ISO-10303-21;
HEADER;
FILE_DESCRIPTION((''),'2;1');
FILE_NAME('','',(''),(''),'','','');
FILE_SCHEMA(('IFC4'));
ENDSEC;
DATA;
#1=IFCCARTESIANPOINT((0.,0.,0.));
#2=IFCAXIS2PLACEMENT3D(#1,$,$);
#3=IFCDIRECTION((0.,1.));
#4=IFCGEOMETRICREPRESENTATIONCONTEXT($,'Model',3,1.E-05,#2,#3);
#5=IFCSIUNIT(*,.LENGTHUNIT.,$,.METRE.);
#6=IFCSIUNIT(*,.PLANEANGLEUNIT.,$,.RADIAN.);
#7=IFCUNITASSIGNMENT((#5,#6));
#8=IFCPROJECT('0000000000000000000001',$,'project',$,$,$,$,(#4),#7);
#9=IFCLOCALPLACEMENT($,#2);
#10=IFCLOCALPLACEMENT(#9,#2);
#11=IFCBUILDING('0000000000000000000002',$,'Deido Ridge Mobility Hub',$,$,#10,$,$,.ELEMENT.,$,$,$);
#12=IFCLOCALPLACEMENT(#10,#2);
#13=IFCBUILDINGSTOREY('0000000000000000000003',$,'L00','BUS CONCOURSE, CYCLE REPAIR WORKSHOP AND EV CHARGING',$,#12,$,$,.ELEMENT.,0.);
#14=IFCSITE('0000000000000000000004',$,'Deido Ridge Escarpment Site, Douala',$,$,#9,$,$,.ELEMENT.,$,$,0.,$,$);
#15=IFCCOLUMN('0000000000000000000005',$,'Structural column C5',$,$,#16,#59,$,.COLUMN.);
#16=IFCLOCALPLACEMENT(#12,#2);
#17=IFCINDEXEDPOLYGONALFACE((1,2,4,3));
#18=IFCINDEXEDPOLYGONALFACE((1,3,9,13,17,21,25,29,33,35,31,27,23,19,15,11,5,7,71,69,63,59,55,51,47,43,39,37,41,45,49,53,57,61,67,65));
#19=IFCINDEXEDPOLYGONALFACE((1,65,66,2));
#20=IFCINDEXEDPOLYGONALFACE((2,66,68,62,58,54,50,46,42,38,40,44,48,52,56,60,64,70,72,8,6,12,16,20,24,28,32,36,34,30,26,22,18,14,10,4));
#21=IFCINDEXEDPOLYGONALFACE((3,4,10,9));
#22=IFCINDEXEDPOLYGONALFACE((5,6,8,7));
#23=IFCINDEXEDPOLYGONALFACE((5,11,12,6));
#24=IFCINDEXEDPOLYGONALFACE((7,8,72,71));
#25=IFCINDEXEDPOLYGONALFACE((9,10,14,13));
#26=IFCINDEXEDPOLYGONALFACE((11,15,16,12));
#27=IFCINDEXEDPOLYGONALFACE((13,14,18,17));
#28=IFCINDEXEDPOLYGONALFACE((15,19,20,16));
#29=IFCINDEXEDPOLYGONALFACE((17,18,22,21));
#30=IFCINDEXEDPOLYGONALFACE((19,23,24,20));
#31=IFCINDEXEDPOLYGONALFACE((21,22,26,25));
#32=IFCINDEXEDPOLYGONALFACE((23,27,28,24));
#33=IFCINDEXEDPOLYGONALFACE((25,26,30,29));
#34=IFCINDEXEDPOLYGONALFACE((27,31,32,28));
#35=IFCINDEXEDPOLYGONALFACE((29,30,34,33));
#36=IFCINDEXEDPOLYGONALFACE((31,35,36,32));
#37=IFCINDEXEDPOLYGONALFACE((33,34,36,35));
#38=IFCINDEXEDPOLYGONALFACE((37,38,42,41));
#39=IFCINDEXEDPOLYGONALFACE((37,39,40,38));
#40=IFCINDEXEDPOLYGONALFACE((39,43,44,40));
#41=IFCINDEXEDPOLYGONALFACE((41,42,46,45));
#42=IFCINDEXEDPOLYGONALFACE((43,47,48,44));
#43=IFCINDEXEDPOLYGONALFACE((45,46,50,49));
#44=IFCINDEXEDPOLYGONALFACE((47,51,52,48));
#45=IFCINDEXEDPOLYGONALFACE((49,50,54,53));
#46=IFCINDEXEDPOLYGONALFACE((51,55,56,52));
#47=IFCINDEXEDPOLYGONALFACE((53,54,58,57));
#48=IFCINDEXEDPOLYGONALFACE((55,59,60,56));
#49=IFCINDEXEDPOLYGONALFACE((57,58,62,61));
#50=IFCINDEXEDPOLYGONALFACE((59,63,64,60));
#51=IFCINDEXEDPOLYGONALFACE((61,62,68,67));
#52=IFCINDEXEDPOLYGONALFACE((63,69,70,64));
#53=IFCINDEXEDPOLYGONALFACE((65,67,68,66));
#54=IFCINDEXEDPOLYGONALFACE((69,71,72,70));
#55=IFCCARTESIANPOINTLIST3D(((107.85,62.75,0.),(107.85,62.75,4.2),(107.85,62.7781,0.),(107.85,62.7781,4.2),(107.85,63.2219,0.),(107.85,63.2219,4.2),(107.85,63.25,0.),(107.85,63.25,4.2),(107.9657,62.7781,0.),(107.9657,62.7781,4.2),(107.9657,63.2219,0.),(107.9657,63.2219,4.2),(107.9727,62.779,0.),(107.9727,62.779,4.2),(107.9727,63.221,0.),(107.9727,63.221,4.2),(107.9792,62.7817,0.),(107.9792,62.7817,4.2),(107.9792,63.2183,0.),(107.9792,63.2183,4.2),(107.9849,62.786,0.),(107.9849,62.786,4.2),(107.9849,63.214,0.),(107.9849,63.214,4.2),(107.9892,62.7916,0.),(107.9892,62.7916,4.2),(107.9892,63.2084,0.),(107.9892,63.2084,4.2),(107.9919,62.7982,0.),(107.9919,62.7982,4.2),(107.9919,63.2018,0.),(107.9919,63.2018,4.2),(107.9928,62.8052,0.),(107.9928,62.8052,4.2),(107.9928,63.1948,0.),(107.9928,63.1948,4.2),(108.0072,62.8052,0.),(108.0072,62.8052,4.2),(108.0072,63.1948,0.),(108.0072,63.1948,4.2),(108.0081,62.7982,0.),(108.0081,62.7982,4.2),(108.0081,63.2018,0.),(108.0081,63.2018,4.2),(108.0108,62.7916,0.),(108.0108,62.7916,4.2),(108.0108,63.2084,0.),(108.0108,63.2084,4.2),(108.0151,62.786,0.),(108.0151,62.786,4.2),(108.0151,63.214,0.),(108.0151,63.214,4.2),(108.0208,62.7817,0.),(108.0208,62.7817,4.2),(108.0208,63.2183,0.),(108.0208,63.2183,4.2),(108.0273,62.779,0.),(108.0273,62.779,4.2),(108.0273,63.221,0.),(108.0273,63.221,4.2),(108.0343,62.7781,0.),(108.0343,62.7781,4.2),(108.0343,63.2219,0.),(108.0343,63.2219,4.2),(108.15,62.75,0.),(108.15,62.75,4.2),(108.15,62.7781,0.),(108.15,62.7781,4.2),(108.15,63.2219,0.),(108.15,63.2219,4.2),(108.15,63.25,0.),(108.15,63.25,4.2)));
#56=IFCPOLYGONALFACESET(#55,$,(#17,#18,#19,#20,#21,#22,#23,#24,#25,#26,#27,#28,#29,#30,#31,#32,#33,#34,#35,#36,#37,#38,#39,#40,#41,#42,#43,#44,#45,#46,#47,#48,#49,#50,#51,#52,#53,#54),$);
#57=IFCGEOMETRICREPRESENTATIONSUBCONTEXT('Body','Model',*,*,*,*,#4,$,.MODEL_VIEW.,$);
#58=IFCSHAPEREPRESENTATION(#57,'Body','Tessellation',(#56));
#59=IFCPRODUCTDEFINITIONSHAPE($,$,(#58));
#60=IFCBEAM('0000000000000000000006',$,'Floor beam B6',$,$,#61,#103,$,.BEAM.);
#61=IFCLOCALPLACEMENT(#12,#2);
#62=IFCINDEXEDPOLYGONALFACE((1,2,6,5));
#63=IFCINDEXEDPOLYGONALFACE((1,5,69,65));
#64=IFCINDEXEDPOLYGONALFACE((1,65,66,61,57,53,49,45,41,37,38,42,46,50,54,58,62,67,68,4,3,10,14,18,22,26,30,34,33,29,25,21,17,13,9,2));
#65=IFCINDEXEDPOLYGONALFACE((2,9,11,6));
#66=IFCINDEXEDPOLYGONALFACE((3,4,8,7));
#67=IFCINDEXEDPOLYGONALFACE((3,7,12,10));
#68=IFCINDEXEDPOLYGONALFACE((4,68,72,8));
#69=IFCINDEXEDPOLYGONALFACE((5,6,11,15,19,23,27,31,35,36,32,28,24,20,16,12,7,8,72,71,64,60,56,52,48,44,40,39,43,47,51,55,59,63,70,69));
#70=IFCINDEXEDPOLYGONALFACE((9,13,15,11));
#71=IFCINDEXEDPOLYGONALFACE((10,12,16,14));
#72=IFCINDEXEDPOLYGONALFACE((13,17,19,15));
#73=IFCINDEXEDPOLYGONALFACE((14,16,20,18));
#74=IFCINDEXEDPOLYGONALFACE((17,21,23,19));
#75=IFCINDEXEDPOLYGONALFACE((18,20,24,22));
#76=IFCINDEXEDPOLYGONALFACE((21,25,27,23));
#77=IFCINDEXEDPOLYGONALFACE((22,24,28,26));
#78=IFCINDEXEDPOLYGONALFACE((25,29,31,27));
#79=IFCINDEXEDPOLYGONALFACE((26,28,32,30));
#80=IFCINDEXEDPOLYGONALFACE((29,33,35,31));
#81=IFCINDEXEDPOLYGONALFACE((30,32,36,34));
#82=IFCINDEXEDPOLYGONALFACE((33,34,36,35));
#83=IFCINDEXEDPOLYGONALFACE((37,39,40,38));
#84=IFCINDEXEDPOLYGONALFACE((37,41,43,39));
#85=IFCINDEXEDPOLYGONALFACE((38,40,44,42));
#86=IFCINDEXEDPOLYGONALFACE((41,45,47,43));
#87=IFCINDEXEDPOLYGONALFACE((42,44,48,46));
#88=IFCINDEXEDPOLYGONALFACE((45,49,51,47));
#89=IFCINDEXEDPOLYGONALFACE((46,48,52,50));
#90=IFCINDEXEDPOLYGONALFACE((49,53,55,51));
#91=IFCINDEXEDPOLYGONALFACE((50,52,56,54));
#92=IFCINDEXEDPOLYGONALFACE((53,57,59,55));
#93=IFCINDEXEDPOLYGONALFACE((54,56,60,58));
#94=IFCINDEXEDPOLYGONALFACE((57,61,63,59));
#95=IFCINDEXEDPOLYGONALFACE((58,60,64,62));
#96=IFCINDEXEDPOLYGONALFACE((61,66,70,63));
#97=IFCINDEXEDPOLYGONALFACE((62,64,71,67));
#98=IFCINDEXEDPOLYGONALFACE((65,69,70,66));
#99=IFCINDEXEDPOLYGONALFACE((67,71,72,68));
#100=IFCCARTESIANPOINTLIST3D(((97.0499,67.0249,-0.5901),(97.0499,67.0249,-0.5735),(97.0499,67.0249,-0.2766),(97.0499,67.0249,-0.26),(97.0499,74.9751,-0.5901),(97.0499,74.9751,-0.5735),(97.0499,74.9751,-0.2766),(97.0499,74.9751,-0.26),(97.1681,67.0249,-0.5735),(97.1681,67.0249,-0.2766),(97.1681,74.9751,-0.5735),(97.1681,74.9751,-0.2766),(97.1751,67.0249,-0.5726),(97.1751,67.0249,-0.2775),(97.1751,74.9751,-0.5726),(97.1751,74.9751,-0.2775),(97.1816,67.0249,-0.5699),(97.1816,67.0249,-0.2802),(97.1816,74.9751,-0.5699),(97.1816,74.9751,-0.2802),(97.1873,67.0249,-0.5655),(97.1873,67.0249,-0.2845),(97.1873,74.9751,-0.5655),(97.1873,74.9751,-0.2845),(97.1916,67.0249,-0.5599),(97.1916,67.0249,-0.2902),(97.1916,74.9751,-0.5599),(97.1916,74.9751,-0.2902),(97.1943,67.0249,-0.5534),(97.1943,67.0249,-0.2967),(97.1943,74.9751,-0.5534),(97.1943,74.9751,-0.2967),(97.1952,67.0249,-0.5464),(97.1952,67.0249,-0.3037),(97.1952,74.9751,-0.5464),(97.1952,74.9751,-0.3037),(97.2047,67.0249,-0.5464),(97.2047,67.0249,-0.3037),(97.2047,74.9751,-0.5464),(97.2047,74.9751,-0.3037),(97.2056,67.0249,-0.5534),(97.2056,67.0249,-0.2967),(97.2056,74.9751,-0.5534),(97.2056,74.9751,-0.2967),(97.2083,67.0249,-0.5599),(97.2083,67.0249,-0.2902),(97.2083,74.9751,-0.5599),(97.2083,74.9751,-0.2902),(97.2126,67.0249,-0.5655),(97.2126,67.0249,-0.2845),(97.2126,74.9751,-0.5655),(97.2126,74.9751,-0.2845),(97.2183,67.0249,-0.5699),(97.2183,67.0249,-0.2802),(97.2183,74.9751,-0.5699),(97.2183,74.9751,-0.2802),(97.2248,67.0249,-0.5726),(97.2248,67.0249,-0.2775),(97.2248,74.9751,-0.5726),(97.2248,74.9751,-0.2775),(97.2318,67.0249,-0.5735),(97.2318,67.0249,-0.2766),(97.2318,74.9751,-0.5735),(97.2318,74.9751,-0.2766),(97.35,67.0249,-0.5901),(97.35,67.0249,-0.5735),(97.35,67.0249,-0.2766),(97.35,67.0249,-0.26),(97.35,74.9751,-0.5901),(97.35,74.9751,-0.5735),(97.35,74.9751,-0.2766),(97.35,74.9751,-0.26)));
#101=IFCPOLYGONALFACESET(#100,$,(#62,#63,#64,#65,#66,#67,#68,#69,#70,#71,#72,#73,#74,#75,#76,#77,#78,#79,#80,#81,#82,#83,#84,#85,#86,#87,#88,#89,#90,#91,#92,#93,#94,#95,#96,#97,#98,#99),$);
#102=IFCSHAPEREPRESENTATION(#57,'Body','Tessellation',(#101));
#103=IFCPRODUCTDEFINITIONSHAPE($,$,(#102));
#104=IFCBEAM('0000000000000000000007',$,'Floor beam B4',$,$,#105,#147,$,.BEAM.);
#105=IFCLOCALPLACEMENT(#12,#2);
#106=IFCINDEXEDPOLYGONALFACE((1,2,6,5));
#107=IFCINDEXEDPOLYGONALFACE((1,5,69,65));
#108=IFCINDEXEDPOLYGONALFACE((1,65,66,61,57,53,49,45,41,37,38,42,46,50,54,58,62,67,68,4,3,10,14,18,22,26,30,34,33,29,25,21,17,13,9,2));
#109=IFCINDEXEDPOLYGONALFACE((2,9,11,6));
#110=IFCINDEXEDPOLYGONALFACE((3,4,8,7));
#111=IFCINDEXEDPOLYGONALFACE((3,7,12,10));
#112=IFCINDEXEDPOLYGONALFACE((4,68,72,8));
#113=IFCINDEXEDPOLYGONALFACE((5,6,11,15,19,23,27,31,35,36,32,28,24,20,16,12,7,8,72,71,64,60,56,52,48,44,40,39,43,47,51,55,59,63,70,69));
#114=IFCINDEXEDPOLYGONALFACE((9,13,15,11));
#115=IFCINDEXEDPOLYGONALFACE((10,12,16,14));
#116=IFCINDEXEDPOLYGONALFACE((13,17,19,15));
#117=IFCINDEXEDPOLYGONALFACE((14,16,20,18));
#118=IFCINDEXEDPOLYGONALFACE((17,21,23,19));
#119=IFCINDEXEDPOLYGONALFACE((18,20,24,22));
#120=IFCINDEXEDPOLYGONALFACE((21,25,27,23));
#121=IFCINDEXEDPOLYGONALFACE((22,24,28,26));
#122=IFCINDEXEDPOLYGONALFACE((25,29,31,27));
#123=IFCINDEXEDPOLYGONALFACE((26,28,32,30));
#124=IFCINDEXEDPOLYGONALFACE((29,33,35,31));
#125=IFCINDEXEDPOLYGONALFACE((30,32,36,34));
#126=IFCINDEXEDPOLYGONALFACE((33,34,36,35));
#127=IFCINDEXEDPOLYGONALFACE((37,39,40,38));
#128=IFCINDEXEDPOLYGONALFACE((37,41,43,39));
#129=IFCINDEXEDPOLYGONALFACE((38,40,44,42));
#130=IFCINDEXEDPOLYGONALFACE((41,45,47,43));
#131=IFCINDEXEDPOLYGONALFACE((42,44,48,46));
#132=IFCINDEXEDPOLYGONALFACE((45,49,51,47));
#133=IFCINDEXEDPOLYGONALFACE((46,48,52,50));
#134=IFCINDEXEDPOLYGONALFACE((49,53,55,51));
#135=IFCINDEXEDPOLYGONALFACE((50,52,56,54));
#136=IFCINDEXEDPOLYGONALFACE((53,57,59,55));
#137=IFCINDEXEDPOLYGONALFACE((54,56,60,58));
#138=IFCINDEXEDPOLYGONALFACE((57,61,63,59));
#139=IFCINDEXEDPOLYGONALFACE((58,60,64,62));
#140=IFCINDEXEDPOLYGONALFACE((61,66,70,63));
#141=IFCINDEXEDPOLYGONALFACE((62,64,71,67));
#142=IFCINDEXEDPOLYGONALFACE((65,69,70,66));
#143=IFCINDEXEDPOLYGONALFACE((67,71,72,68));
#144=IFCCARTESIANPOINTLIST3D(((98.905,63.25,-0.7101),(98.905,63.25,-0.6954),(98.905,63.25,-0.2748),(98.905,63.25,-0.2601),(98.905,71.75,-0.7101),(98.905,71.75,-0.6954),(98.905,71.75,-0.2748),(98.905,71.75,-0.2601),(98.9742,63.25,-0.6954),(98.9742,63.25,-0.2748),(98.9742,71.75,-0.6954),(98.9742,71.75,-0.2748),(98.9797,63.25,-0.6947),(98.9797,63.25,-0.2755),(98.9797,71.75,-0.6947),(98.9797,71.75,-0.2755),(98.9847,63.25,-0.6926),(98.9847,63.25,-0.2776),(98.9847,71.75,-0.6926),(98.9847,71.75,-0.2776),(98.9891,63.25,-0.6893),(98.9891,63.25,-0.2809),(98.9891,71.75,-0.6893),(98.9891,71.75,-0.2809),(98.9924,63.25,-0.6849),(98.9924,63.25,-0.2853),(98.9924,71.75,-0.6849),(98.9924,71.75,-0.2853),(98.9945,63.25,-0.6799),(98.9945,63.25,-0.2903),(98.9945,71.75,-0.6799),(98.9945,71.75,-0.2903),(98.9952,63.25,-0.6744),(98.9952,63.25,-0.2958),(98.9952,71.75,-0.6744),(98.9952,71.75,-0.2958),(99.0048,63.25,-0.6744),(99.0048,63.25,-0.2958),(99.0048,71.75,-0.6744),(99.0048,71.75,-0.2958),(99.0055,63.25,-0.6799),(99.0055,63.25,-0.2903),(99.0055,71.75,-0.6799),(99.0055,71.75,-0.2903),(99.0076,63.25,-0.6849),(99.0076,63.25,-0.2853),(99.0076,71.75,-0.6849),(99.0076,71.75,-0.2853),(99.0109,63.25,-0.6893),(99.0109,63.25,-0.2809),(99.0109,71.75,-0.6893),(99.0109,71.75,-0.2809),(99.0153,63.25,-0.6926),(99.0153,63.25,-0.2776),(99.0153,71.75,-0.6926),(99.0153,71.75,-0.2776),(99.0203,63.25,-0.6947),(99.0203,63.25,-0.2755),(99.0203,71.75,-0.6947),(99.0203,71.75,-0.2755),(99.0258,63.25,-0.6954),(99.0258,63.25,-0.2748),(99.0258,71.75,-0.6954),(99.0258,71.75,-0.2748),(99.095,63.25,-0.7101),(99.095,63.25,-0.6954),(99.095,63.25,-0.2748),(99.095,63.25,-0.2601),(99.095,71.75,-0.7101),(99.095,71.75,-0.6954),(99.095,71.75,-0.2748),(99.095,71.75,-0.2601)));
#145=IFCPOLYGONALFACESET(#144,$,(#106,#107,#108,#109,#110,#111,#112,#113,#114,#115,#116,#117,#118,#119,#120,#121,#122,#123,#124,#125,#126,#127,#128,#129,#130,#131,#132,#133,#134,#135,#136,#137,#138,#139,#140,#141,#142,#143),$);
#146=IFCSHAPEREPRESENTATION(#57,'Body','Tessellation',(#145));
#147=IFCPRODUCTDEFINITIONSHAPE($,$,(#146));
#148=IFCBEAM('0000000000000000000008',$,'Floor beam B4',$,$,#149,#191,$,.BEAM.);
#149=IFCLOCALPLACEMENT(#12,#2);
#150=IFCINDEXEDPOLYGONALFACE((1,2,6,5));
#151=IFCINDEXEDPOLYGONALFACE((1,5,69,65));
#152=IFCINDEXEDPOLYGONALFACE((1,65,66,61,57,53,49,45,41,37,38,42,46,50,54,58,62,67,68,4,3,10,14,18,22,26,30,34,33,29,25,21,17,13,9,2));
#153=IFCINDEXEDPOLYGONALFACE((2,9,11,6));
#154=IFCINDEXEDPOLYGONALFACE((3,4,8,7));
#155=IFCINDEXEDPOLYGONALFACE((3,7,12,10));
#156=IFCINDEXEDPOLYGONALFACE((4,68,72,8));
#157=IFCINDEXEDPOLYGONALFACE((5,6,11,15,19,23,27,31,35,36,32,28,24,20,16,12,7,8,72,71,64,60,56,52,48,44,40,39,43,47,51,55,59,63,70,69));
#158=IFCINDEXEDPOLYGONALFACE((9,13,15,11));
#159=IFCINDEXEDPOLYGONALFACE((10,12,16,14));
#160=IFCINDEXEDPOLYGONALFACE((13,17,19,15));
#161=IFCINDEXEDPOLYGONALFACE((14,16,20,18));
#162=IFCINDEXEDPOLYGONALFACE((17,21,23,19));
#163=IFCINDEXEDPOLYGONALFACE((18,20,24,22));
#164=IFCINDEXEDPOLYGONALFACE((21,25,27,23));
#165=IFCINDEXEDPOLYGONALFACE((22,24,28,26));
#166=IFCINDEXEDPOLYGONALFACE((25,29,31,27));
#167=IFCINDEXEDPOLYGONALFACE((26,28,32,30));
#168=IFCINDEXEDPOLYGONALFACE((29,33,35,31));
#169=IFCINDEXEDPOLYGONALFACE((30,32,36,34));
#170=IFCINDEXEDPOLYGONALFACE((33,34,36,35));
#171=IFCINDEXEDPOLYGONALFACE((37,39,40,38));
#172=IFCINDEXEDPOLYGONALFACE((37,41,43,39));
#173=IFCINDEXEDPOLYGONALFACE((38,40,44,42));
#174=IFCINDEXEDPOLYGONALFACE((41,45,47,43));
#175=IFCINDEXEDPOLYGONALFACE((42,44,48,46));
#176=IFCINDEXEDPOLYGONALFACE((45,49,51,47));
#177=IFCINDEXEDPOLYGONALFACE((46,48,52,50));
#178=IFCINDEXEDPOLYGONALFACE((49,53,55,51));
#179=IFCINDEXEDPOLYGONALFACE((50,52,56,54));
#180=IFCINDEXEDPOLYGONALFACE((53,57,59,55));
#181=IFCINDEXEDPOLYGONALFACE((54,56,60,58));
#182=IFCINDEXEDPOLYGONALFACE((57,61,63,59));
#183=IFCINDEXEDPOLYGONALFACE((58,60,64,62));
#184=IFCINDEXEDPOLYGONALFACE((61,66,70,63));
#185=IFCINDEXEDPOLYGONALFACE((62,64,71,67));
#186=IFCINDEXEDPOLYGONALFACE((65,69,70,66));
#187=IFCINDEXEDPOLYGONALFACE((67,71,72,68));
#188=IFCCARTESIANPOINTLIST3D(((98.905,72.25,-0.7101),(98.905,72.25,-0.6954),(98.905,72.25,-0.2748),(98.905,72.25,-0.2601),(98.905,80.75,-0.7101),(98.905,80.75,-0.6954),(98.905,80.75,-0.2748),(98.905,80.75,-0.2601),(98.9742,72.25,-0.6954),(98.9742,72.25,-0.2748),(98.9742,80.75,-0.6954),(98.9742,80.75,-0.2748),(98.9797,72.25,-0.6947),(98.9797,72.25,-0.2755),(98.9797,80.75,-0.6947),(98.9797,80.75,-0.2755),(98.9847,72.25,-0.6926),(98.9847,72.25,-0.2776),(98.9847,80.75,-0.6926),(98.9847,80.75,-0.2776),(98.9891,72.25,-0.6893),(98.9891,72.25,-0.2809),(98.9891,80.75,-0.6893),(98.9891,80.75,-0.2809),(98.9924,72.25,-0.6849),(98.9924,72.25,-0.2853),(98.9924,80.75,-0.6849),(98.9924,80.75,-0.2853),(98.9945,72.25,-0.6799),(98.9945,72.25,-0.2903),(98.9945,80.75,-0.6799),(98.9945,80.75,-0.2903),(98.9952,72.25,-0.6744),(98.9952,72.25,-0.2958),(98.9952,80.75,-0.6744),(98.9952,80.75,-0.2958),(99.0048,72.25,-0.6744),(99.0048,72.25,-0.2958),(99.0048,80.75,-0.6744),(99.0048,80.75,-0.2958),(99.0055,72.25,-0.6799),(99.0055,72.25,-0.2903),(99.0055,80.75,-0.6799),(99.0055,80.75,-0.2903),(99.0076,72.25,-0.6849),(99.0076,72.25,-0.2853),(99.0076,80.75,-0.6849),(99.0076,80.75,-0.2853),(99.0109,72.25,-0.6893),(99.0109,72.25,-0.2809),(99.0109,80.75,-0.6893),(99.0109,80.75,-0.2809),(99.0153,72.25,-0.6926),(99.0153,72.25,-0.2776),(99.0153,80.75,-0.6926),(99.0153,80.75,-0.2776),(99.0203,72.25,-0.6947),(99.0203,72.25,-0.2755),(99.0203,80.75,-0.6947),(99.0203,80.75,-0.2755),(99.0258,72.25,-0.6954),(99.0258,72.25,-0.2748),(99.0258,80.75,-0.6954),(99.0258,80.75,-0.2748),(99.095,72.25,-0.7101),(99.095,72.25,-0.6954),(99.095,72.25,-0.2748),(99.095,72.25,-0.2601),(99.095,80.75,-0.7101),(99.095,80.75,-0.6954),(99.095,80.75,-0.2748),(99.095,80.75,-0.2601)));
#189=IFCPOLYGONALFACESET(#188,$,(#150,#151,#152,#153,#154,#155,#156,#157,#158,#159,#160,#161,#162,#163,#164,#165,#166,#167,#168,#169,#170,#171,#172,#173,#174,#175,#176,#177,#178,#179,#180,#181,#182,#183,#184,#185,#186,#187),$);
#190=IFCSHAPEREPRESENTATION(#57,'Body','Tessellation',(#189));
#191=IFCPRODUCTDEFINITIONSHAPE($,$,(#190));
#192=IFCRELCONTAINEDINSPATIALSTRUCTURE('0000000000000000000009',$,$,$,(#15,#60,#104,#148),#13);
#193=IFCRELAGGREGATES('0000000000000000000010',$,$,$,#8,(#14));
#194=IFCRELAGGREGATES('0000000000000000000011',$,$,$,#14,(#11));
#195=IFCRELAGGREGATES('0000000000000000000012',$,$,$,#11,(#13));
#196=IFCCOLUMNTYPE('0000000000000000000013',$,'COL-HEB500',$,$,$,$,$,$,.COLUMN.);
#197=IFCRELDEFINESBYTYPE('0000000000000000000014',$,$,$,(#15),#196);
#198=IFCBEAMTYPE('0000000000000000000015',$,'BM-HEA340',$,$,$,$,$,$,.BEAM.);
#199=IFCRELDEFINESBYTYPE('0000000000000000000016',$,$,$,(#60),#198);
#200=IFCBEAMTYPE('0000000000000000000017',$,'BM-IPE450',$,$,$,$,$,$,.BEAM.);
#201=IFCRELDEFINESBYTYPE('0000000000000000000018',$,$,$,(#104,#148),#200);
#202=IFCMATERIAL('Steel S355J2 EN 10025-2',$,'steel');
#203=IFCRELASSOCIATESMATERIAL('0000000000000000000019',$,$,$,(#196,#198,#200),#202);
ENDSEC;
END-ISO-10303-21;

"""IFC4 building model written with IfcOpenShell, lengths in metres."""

from ifc_helpers import new_model, si_unit, direction, frame, origin, origin_2d, place, context, subcontext, project, spatial, i_section, extrude, material, material_profile, profile_set, type_object, element, save


model = new_model("IFC4")

# Units and contexts
model_context = context("Model", 3, precision=1e-05, world=origin(), true_north=direction((0.0, 1.0)))
body_context = subcontext(model_context, "Body", "Model", "MODEL_VIEW")
ifc_project = project(units=[si_unit("LENGTHUNIT", "METRE"), si_unit("PLANEANGLEUNIT", "RADIAN")], contexts=[model_context])

# Site, building, storey
site_placement = place(None, origin())
site = spatial("IfcSite", under=ifc_project, at=site_placement, Name="Deido Ridge Escarpment Site, Douala", CompositionType="ELEMENT", RefElevation=0.0)
building_placement = place(site_placement, origin())
building = spatial("IfcBuilding", under=site, at=building_placement, Name="Deido Ridge Mobility Hub", CompositionType="ELEMENT")
storey_placement = place(building_placement, origin())
storey = spatial("IfcBuildingStorey", under=building, at=storey_placement, Name="L00", Description="BUS CONCOURSE, CYCLE REPAIR WORKSHOP AND EV CHARGING", CompositionType="ELEMENT", Elevation=0.0)

# Column
ifc_material_1 = material(Name="Steel S355J2 EN 10025-2", Category="steel")
ifc_material_profile_1 = material_profile(ifc_material_1, i_section(OverallWidth=0.3, OverallDepth=0.5, WebThickness=0.0144, FlangeThickness=0.0281, FilletRadius=0.0271, at=origin_2d()), Name="HEB 500")
ifc_profile_set_1 = profile_set([ifc_material_profile_1], Name="Steel S355J2 EN 10025-2")
column_type_1 = type_object("IfcColumnType", Name="COL-HEB500", PredefinedType="COLUMN", material=ifc_profile_set_1)
for number, where, z_axis, x_axis, name in (
    (1, (108.0, 63.0, 0.0), (0.0, 0.0, 1.0), (1.0, 0.0, 0.0), "Structural column C5"),
):
    element("IfcColumn", number, at=place(storey_placement, frame(where, z_axis=z_axis, x_axis=x_axis)), inside=storey, type_object=column_type_1, Name=name, PredefinedType="COLUMN", context=body_context, shape_type="SweptSolid", body=[
        extrude(i_section(OverallWidth=0.3, OverallDepth=0.5, WebThickness=0.0144, FlangeThickness=0.0281, FilletRadius=0.0271, at=origin_2d()), origin(), (0.0, 0.0, 1.0), 4.2),
    ])

# Beams
ifc_material_profile_2 = material_profile(ifc_material_1, i_section(OverallWidth=0.3, OverallDepth=0.3301, WebThickness=0.0095, FlangeThickness=0.0166, FilletRadius=0.0271, at=origin_2d()), Name="HEA 340")
ifc_profile_set_2 = profile_set([ifc_material_profile_2], Name="Steel S355J2 EN 10025-2")
beam_type_1 = type_object("IfcBeamType", Name="BM-HEA340", PredefinedType="BEAM", material=ifc_profile_set_2)
beam_1_placement = place(storey_placement, frame((97.2, 67.0249, -0.425), z_axis=(0.0, 1.0, 0.0), x_axis=(-1.0, 0.0, 0.0)))
element("IfcBeam", 2, at=beam_1_placement, inside=storey, type_object=beam_type_1, Name="Floor beam B6", PredefinedType="BEAM", context=body_context, shape_type="SweptSolid", body=[
    extrude(i_section(OverallWidth=0.3, OverallDepth=0.3301, WebThickness=0.0095, FlangeThickness=0.0166, FilletRadius=0.0271, at=origin_2d()), origin(), (0.0, 0.0, 1.0), 7.9502),
])
ifc_material_profile_3 = material_profile(ifc_material_1, i_section(OverallWidth=0.1899, OverallDepth=0.45, WebThickness=0.0095, FlangeThickness=0.0146, FilletRadius=0.021, at=origin_2d()), Name="IPE 450")
ifc_profile_set_3 = profile_set([ifc_material_profile_3], Name="Steel S355J2 EN 10025-2")
beam_type_2 = type_object("IfcBeamType", Name="BM-IPE450", PredefinedType="BEAM", material=ifc_profile_set_3)
for number, where, z_axis, x_axis, name in (
    (3, (99.0, 63.25, -0.4851), (0.0, 1.0, 0.0), (-1.0, 0.0, 0.0), "Floor beam B4"),
    (4, (99.0, 72.25, -0.4851), (0.0, 1.0, 0.0), (-1.0, 0.0, 0.0), "Floor beam B4"),
):
    element("IfcBeam", number, at=place(storey_placement, frame(where, z_axis=z_axis, x_axis=x_axis)), inside=storey, type_object=beam_type_2, Name=name, PredefinedType="BEAM", context=body_context, shape_type="SweptSolid", body=[
        extrude(i_section(OverallWidth=0.1899, OverallDepth=0.45, WebThickness=0.0095, FlangeThickness=0.0146, FilletRadius=0.021, at=origin_2d()), origin(), (0.0, 0.0, 1.0), 8.5),
    ])

save(model, "model.ifc")
